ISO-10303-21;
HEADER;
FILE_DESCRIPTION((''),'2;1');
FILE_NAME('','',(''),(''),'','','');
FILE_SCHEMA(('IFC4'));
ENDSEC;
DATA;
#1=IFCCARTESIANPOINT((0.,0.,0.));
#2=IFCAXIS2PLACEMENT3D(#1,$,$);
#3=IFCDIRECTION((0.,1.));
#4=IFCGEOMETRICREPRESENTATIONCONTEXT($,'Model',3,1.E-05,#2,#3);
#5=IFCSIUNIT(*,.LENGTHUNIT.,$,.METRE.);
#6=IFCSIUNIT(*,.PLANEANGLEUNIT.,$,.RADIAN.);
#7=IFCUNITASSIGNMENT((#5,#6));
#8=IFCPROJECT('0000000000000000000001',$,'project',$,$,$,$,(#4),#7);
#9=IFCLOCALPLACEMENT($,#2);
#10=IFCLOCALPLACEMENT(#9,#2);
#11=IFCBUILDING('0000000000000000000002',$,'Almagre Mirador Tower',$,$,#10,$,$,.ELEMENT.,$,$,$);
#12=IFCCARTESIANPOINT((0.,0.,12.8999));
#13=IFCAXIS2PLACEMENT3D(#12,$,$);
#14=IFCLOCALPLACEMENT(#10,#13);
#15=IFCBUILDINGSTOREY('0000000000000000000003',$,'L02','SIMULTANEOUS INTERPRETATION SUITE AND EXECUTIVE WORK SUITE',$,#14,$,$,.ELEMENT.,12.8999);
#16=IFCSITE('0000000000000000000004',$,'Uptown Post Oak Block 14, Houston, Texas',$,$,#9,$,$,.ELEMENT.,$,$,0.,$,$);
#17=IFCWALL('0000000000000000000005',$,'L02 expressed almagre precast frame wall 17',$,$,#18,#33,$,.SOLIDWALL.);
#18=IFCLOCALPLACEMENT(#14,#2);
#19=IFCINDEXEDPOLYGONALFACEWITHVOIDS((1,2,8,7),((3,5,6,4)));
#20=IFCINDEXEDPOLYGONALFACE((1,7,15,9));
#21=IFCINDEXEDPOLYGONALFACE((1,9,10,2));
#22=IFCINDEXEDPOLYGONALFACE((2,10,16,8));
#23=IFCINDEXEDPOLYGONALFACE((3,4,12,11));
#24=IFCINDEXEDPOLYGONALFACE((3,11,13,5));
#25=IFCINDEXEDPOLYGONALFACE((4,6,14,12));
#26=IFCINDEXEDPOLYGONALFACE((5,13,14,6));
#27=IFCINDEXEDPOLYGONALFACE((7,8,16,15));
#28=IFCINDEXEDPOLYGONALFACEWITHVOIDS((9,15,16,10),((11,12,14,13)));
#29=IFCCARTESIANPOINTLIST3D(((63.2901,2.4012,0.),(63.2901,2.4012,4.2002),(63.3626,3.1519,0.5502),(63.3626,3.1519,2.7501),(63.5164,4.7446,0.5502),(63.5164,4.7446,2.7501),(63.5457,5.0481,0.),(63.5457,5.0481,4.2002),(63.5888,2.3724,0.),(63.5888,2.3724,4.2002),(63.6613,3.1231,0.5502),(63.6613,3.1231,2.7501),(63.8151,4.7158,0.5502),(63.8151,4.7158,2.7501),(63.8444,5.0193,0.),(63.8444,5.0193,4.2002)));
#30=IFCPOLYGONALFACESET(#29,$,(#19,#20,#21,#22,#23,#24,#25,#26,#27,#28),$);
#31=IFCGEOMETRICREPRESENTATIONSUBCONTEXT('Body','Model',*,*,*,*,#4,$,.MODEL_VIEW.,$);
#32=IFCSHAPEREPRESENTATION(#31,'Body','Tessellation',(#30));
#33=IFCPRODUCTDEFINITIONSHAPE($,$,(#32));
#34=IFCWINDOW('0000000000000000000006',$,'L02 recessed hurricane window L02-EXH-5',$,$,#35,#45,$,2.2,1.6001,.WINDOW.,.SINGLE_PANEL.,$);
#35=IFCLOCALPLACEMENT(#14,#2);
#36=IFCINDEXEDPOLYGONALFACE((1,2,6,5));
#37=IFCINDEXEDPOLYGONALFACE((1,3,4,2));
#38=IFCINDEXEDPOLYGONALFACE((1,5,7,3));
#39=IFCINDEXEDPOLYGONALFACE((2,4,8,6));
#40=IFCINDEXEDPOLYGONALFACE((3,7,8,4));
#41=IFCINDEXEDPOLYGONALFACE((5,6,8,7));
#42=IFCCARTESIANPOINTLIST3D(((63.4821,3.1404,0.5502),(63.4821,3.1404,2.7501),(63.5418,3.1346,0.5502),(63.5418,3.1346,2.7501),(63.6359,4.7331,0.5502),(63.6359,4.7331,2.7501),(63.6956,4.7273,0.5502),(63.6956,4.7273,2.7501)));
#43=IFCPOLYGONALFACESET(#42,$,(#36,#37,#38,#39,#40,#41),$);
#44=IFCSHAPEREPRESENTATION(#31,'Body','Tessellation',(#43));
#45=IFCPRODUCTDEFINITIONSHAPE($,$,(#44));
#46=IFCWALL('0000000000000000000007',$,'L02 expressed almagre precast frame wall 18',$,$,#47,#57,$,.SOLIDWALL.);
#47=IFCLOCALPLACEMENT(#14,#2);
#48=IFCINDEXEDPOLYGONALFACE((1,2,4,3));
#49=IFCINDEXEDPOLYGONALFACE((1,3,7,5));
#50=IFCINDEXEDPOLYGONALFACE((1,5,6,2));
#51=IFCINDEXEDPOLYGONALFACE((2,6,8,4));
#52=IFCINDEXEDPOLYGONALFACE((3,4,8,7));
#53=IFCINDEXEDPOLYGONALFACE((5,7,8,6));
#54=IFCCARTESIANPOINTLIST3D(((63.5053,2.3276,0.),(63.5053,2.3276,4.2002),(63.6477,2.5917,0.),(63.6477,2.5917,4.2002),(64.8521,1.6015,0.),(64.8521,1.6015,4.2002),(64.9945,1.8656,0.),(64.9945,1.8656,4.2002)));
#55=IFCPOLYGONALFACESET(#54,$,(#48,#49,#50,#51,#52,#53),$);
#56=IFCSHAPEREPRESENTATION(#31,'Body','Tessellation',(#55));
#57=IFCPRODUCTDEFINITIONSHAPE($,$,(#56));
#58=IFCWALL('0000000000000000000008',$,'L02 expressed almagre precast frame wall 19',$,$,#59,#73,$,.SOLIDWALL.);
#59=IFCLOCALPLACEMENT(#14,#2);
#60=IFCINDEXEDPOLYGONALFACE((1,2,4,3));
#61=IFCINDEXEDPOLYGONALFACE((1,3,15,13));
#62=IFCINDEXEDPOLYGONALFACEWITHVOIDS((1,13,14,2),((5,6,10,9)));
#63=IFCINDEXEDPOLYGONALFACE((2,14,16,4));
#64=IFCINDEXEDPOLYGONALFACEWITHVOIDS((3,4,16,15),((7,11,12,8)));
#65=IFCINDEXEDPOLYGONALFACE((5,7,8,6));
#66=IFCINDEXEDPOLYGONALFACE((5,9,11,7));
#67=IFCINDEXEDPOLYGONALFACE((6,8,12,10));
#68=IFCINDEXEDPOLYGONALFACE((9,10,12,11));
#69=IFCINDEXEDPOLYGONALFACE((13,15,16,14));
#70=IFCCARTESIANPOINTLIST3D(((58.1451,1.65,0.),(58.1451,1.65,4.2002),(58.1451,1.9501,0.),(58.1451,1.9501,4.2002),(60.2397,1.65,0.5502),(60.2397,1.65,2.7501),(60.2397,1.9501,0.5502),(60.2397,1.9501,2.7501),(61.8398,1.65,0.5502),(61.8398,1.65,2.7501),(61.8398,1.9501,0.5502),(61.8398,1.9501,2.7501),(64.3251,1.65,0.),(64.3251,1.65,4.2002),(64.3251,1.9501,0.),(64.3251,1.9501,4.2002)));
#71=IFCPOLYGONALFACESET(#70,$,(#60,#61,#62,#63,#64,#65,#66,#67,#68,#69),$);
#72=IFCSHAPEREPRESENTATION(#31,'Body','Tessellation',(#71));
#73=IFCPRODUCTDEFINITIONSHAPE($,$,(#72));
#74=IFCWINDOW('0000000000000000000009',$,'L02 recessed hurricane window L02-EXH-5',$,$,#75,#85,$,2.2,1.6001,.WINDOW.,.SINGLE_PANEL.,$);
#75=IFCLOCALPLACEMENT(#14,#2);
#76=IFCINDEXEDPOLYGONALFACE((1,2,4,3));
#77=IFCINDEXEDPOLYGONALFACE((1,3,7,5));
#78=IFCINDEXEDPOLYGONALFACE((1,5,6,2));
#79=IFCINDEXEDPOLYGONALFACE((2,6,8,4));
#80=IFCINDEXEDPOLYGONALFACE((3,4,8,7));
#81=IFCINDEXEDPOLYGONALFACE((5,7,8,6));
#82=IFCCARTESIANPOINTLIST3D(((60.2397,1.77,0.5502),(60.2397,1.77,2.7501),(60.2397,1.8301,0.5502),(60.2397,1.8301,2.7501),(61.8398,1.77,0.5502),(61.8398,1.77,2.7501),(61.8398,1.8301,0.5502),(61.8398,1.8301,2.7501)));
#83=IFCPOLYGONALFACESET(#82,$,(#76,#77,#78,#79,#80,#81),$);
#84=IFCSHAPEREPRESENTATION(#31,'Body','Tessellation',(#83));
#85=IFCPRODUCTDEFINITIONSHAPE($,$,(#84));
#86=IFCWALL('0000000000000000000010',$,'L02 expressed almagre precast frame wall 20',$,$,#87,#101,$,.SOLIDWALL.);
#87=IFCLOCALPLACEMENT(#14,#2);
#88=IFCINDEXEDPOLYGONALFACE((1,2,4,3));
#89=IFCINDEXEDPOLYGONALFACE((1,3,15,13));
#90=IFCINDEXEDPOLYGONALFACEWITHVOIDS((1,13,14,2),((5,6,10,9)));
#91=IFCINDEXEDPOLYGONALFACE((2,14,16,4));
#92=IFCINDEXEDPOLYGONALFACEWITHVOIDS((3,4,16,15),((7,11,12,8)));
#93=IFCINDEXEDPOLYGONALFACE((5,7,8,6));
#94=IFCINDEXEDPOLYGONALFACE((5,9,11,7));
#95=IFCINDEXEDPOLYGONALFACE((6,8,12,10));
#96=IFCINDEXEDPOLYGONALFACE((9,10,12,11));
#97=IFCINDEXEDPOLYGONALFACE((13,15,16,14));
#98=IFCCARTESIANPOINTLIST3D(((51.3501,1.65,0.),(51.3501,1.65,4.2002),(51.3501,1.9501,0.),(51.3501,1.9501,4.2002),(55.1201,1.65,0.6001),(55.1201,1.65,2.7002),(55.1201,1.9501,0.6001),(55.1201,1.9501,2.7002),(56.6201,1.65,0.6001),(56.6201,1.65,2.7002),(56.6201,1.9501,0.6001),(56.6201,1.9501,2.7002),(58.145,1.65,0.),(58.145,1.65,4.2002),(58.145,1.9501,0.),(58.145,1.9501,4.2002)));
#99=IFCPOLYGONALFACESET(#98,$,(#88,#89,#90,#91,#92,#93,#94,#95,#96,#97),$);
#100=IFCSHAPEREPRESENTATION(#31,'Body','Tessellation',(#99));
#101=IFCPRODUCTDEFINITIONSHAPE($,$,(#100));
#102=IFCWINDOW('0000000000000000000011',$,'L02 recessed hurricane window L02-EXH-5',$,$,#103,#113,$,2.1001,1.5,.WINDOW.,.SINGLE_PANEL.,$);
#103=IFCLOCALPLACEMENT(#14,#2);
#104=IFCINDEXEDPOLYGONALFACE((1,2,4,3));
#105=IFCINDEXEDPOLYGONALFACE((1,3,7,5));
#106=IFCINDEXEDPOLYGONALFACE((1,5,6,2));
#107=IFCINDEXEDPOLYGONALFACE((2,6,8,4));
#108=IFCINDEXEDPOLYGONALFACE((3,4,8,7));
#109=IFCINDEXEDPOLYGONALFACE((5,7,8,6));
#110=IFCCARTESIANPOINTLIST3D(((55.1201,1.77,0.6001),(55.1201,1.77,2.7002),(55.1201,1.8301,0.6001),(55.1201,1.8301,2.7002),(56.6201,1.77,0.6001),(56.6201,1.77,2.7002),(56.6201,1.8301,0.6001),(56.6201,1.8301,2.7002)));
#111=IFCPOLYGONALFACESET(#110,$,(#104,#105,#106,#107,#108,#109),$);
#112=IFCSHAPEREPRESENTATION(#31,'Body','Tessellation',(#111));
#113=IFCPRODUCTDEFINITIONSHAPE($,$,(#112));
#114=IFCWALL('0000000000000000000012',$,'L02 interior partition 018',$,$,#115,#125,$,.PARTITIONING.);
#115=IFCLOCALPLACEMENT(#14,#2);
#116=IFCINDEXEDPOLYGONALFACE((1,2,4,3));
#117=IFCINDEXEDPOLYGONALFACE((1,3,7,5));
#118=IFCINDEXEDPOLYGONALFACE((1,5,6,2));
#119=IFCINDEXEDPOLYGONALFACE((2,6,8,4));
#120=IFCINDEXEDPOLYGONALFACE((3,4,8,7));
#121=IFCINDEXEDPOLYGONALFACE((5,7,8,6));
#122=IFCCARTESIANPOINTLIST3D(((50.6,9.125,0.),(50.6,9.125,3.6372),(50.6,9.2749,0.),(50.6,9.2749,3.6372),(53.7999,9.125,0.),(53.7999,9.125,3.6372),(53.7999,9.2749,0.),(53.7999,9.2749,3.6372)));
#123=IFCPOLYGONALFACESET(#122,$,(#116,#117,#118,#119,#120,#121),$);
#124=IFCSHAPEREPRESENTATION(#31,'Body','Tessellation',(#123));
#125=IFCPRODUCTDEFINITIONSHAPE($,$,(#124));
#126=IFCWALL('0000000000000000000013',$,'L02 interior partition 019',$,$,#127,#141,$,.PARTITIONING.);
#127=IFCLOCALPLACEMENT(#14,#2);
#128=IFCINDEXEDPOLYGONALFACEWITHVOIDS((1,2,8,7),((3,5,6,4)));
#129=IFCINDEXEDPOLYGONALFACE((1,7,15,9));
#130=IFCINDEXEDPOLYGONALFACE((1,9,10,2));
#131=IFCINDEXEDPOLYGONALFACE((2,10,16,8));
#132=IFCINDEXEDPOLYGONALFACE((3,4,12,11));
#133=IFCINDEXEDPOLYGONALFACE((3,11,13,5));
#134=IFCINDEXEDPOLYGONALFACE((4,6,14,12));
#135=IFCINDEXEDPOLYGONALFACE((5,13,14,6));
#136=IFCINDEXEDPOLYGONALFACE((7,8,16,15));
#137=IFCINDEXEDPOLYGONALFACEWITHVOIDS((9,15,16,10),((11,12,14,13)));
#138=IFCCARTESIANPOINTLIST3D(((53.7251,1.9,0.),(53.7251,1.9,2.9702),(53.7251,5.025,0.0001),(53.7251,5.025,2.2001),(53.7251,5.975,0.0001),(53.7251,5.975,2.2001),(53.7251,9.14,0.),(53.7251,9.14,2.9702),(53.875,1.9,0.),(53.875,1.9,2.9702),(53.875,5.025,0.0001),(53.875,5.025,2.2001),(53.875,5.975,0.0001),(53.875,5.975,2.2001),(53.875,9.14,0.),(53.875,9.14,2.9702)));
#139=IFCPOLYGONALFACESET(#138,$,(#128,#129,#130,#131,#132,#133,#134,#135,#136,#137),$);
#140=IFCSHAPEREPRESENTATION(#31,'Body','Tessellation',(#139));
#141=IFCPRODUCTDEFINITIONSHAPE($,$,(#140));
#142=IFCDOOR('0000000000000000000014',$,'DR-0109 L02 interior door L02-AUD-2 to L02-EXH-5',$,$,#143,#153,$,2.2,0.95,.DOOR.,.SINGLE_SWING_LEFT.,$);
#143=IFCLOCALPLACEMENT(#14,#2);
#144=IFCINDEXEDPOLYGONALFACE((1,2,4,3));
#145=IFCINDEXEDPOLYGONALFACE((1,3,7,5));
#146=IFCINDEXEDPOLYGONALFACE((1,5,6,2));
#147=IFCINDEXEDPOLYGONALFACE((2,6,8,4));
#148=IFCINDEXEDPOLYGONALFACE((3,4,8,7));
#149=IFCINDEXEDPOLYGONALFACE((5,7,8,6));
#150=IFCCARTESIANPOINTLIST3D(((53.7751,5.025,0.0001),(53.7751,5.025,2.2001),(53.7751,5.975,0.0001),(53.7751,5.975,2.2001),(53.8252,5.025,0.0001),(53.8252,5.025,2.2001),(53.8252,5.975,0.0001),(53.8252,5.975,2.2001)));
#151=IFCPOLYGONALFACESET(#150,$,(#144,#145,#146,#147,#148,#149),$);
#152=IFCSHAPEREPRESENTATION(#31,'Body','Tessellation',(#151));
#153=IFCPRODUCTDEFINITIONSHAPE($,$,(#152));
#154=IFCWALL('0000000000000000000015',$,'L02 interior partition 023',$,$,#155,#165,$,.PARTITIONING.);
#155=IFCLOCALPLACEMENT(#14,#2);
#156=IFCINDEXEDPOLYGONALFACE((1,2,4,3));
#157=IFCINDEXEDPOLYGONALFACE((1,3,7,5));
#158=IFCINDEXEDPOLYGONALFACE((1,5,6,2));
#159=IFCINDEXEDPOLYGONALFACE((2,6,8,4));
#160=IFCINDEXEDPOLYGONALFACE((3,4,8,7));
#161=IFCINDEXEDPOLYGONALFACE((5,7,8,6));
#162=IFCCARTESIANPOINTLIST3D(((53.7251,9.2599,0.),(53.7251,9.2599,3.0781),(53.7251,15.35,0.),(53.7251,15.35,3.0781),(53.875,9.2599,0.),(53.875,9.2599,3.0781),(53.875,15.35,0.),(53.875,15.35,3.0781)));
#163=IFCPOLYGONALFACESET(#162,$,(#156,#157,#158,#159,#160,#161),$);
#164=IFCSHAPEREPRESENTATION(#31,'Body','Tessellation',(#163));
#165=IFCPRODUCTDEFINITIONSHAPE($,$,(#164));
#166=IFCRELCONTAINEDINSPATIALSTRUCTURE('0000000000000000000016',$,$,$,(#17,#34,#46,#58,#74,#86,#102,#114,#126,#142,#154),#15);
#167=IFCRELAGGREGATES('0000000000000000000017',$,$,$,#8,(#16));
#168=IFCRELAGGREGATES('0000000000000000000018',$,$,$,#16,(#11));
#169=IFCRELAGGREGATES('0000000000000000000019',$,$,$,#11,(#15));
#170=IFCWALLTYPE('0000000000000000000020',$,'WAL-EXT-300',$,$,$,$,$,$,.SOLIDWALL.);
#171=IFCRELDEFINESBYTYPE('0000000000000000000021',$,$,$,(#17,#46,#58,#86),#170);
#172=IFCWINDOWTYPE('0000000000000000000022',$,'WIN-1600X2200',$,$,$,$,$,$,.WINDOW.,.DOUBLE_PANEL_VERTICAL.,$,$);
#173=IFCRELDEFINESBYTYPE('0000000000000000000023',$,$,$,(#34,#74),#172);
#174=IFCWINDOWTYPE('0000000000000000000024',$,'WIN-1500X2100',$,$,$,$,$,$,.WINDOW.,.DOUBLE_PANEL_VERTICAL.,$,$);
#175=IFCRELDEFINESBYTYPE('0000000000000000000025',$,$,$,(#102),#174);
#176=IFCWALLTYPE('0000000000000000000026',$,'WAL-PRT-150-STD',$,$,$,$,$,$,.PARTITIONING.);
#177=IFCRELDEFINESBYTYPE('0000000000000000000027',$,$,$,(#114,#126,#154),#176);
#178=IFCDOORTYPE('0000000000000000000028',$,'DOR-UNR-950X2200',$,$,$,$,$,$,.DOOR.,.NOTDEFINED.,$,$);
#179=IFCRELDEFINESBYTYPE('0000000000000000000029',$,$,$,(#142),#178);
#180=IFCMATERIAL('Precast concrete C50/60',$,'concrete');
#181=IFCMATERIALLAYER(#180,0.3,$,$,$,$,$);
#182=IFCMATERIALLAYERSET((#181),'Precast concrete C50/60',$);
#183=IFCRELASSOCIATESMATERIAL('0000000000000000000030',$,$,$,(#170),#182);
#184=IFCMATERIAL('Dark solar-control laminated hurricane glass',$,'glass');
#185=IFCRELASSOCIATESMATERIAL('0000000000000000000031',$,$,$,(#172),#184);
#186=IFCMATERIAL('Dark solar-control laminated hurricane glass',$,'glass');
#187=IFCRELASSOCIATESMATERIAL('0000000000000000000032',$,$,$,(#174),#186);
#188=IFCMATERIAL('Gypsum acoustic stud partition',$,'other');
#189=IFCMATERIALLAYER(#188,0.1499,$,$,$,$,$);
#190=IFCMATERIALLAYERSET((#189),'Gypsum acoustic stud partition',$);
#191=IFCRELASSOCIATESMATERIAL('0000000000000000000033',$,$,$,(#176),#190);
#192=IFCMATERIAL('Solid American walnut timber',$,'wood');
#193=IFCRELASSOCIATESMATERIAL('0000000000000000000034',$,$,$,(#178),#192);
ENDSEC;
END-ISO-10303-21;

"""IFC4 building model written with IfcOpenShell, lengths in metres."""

from ifc_helpers import new_model, si_unit, direction, frame, frame_2d, origin, place, context, subcontext, project, spatial, rectangle, extrude, material, layer, layer_set, type_object, element, fill, save


model = new_model("IFC4")

# Units and contexts
model_context = context("Model", 3, precision=1e-05, world=origin(), true_north=direction((0.0, 1.0)))
body_context = subcontext(model_context, "Body", "Model", "MODEL_VIEW")
ifc_project = project(units=[si_unit("LENGTHUNIT", "METRE"), si_unit("PLANEANGLEUNIT", "RADIAN")], contexts=[model_context])

# Site, building, storey
site_placement = place(None, origin())
site = spatial("IfcSite", under=ifc_project, at=site_placement, Name="Uptown Post Oak Block 14, Houston, Texas", CompositionType="ELEMENT", RefElevation=0.0)
building_placement = place(site_placement, origin())
building = spatial("IfcBuilding", under=site, at=building_placement, Name="Almagre Mirador Tower", CompositionType="ELEMENT")
storey_placement = place(building_placement, frame((0.0, 0.0, 12.8999)))
storey = spatial("IfcBuildingStorey", under=building, at=storey_placement, Name="L02", Description="SIMULTANEOUS INTERPRETATION SUITE AND EXECUTIVE WORK SUITE", CompositionType="ELEMENT", Elevation=12.8999)

# Shared definitions
ifc_material_1 = material(Name="Precast concrete C50/60", Category="concrete")
ifc_layer_1 = layer(ifc_material_1, 0.3)
ifc_layer_set_1 = layer_set([ifc_layer_1], Name="Precast concrete C50/60")
wall_type_1 = type_object("IfcWallType", Name="WAL-EXT-300", PredefinedType="SOLIDWALL", material=ifc_layer_set_1)

# Wall, opening, window
ifc_material_2 = material(Name="Dark solar-control laminated hurricane glass", Category="glass")
window_type_1 = type_object("IfcWindowType", Name="WIN-1600X2200", PartitioningType="DOUBLE_PANEL_VERTICAL", PredefinedType="WINDOW", material=ifc_material_2)
wall_1_placement = place(storey_placement, frame((63.6951, 5.0337, 0.0), z_axis=(0.0, 0.0, 1.0), x_axis=(-0.096122, -0.99537, 0.0)))
wall_1 = element("IfcWall", 1, at=wall_1_placement, inside=storey, type_object=wall_type_1, Name="L02 expressed almagre precast frame wall 17", PredefinedType="SOLIDWALL", context=body_context, shape_type="SweptSolid", body=[
    extrude(rectangle(XDim=2.6592, YDim=0.3, at=frame_2d((1.3296, 0.0))), origin(), (0.0, 0.0, 1.0), 4.2002),
])
opening_1_placement = place(wall_1_placement, frame((0.3049, 0.0, 0.55)))
opening_1 = element("IfcOpeningElement", 2, at=opening_1_placement, cuts=wall_1, PredefinedType="OPENING", context=body_context, shape_type="SweptSolid", body=[
    extrude(rectangle(XDim=1.6001, YDim=2.2, at=frame_2d((0.8, 1.1001))), frame((0.0, 0.1599, 0.0), z_axis=(0.0, -1.0, 0.0), x_axis=(1.0, 0.0, 0.0)), (0.0, 0.0, 1.0), 0.32),
])
window_1_placement = place(opening_1_placement, origin())
window_1 = element("IfcWindow", 3, at=window_1_placement, inside=storey, type_object=window_type_1, Name="L02 recessed hurricane window L02-EXH-5", OverallHeight=2.2, OverallWidth=1.6001, PartitioningType="SINGLE_PANEL", PredefinedType="WINDOW", context=body_context, shape_type="SweptSolid", body=[
    extrude(rectangle(XDim=1.6001, YDim=2.2, at=frame_2d((0.8, 1.1001))), frame((0.0, 0.03, 0.0), z_axis=(0.0, -1.0, 0.0), x_axis=(1.0, 0.0, 0.0)), (0.0, 0.0, 1.0), 0.0601),
])
fill(opening_1, window_1)

# Wall
wall_2_placement = place(storey_placement, frame((63.5764, 2.4597, 0.0), z_axis=(0.0, 0.0, 1.0), x_axis=(0.880215, -0.474576, 0.0)))
element("IfcWall", 4, at=wall_2_placement, inside=storey, type_object=wall_type_1, Name="L02 expressed almagre precast frame wall 18", PredefinedType="SOLIDWALL", context=body_context, shape_type="SweptSolid", body=[
    extrude(rectangle(XDim=1.53, YDim=0.3, at=frame_2d((0.7651, 0.0))), origin(), (0.0, 0.0, 1.0), 4.2002),
])

# Walls, openings, windows
wall_3_placement = place(storey_placement, frame((64.325, 1.8, 0.0), z_axis=(0.0, 0.0, 1.0), x_axis=(-1.0, 0.0, 0.0)))
wall_3 = element("IfcWall", 5, at=wall_3_placement, inside=storey, type_object=wall_type_1, Name="L02 expressed almagre precast frame wall 19", PredefinedType="SOLIDWALL", context=body_context, shape_type="SweptSolid", body=[
    extrude(rectangle(XDim=6.1799, YDim=0.3, at=frame_2d((3.0898, 0.0))), origin(), (0.0, 0.0, 1.0), 4.2002),
])
opening_2_placement = place(wall_3_placement, frame((2.4851, 0.0, 0.55)))
opening_2 = element("IfcOpeningElement", 6, at=opening_2_placement, cuts=wall_3, PredefinedType="OPENING", context=body_context, shape_type="SweptSolid", body=[
    extrude(rectangle(XDim=1.6001, YDim=2.2, at=frame_2d((0.8, 1.1001))), frame((0.0, 0.1599, 0.0), z_axis=(0.0, -1.0, 0.0), x_axis=(1.0, 0.0, 0.0)), (0.0, 0.0, 1.0), 0.32),
])
window_2_placement = place(opening_2_placement, origin())
window_2 = element("IfcWindow", 7, at=window_2_placement, inside=storey, type_object=window_type_1, Name="L02 recessed hurricane window L02-EXH-5", OverallHeight=2.2, OverallWidth=1.6001, PartitioningType="SINGLE_PANEL", PredefinedType="WINDOW", context=body_context, shape_type="SweptSolid", body=[
    extrude(rectangle(XDim=1.6001, YDim=2.2, at=frame_2d((0.8, 1.1001))), frame((0.0, 0.03, 0.0), z_axis=(0.0, -1.0, 0.0), x_axis=(1.0, 0.0, 0.0)), (0.0, 0.0, 1.0), 0.0601),
])
fill(opening_2, window_2)
wall_4_placement = place(storey_placement, frame((58.145, 1.8, 0.0), z_axis=(0.0, 0.0, 1.0), x_axis=(-1.0, 0.0, 0.0)))
wall_4 = element("IfcWall", 8, at=wall_4_placement, inside=storey, type_object=wall_type_1, Name="L02 expressed almagre precast frame wall 20", PredefinedType="SOLIDWALL", context=body_context, shape_type="SweptSolid", body=[
    extrude(rectangle(XDim=6.7949, YDim=0.3, at=frame_2d((3.3975, 0.0))), origin(), (0.0, 0.0, 1.0), 4.2002),
])
opening_3_placement = place(wall_4_placement, frame((1.5249, 0.0, 0.6001)))
opening_3 = element("IfcOpeningElement", 9, at=opening_3_placement, cuts=wall_4, PredefinedType="OPENING", context=body_context, shape_type="SweptSolid", body=[
    extrude(rectangle(XDim=1.5, YDim=2.1001, at=frame_2d((0.75, 1.05))), frame((0.0, 0.1599, 0.0), z_axis=(0.0, -1.0, 0.0), x_axis=(1.0, 0.0, 0.0)), (0.0, 0.0, 1.0), 0.32),
])
ifc_material_3 = material(Name="Dark solar-control laminated hurricane glass", Category="glass")
window_type_2 = type_object("IfcWindowType", Name="WIN-1500X2100", PartitioningType="DOUBLE_PANEL_VERTICAL", PredefinedType="WINDOW", material=ifc_material_3)
window_3_placement = place(opening_3_placement, origin())
window_3 = element("IfcWindow", 10, at=window_3_placement, inside=storey, type_object=window_type_2, Name="L02 recessed hurricane window L02-EXH-5", OverallHeight=2.1001, OverallWidth=1.5, PartitioningType="SINGLE_PANEL", PredefinedType="WINDOW", context=body_context, shape_type="SweptSolid", body=[
    extrude(rectangle(XDim=1.5, YDim=2.1001, at=frame_2d((0.75, 1.05))), frame((0.0, 0.03, 0.0), z_axis=(0.0, -1.0, 0.0), x_axis=(1.0, 0.0, 0.0)), (0.0, 0.0, 1.0), 0.0601),
])
fill(opening_3, window_3)

# Wall
ifc_material_4 = material(Name="Gypsum acoustic stud partition", Category="other")
ifc_layer_2 = layer(ifc_material_4, 0.1499)
ifc_layer_set_2 = layer_set([ifc_layer_2], Name="Gypsum acoustic stud partition")
wall_type_2 = type_object("IfcWallType", Name="WAL-PRT-150-STD", PredefinedType="PARTITIONING", material=ifc_layer_set_2)
wall_5_placement = place(storey_placement, frame((53.8, 9.2, 0.0), z_axis=(0.0, 0.0, 1.0), x_axis=(-1.0, 0.0, 0.0)))
element("IfcWall", 11, at=wall_5_placement, inside=storey, type_object=wall_type_2, Name="L02 interior partition 018", PredefinedType="PARTITIONING", context=body_context, shape_type="SweptSolid", body=[
    extrude(rectangle(XDim=3.2, YDim=0.1499, at=frame_2d((1.6001, 0.0))), origin(), (0.0, 0.0, 1.0), 3.6372),
])

# Wall, opening, door
wall_6_placement = place(storey_placement, frame((53.8, 1.8999, 0.0), z_axis=(0.0, 0.0, 1.0), x_axis=(0.0, 1.0, 0.0)))
wall_6 = element("IfcWall", 12, at=wall_6_placement, inside=storey, type_object=wall_type_2, Name="L02 interior partition 019", PredefinedType="PARTITIONING", context=body_context, shape_type="SweptSolid", body=[
    extrude(rectangle(XDim=7.24, YDim=0.1499, at=frame_2d((3.6201, 0.0))), origin(), (0.0, 0.0, 1.0), 2.9702),
])
opening_4_placement = place(wall_6_placement, frame((3.125, 0.0, 0.0)))
opening_4 = element("IfcOpeningElement", 13, at=opening_4_placement, cuts=wall_6, PredefinedType="OPENING", context=body_context, shape_type="SweptSolid", body=[
    extrude(rectangle(XDim=0.95, YDim=2.2, at=frame_2d((0.4751, 1.1001))), frame((0.0, 0.085, 0.0), z_axis=(0.0, -1.0, 0.0), x_axis=(1.0, 0.0, 0.0)), (0.0, 0.0, 1.0), 0.1699),
])
ifc_material_5 = material(Name="Solid American walnut timber", Category="wood")
door_type = type_object("IfcDoorType", Name="DOR-UNR-950X2200", OperationType="NOTDEFINED", PredefinedType="DOOR", material=ifc_material_5)
door_placement = place(opening_4_placement, origin())
door = element("IfcDoor", 14, at=door_placement, inside=storey, type_object=door_type, Name="DR-0109 L02 interior door L02-AUD-2 to L02-EXH-5", OperationType="SINGLE_SWING_LEFT", OverallHeight=2.2, OverallWidth=0.95, PredefinedType="DOOR", context=body_context, shape_type="SweptSolid", body=[
    extrude(rectangle(XDim=0.95, YDim=2.2, at=frame_2d((0.4751, 1.1001))), frame((0.0, 0.0249, 0.0), z_axis=(0.0, -1.0, 0.0), x_axis=(1.0, 0.0, 0.0)), (0.0, 0.0, 1.0), 0.05),
])
fill(opening_4, door)

# Wall
wall_7_placement = place(storey_placement, frame((53.8, 9.26, 0.0), z_axis=(0.0, 0.0, 1.0), x_axis=(0.0, 1.0, 0.0)))
element("IfcWall", 15, at=wall_7_placement, inside=storey, type_object=wall_type_2, Name="L02 interior partition 023", PredefinedType="PARTITIONING", context=body_context, shape_type="SweptSolid", body=[
    extrude(rectangle(XDim=6.0901, YDim=0.1499, at=frame_2d((3.0449, 0.0))), origin(), (0.0, 0.0, 1.0), 3.0781),
])

save(model, "model.ifc")
